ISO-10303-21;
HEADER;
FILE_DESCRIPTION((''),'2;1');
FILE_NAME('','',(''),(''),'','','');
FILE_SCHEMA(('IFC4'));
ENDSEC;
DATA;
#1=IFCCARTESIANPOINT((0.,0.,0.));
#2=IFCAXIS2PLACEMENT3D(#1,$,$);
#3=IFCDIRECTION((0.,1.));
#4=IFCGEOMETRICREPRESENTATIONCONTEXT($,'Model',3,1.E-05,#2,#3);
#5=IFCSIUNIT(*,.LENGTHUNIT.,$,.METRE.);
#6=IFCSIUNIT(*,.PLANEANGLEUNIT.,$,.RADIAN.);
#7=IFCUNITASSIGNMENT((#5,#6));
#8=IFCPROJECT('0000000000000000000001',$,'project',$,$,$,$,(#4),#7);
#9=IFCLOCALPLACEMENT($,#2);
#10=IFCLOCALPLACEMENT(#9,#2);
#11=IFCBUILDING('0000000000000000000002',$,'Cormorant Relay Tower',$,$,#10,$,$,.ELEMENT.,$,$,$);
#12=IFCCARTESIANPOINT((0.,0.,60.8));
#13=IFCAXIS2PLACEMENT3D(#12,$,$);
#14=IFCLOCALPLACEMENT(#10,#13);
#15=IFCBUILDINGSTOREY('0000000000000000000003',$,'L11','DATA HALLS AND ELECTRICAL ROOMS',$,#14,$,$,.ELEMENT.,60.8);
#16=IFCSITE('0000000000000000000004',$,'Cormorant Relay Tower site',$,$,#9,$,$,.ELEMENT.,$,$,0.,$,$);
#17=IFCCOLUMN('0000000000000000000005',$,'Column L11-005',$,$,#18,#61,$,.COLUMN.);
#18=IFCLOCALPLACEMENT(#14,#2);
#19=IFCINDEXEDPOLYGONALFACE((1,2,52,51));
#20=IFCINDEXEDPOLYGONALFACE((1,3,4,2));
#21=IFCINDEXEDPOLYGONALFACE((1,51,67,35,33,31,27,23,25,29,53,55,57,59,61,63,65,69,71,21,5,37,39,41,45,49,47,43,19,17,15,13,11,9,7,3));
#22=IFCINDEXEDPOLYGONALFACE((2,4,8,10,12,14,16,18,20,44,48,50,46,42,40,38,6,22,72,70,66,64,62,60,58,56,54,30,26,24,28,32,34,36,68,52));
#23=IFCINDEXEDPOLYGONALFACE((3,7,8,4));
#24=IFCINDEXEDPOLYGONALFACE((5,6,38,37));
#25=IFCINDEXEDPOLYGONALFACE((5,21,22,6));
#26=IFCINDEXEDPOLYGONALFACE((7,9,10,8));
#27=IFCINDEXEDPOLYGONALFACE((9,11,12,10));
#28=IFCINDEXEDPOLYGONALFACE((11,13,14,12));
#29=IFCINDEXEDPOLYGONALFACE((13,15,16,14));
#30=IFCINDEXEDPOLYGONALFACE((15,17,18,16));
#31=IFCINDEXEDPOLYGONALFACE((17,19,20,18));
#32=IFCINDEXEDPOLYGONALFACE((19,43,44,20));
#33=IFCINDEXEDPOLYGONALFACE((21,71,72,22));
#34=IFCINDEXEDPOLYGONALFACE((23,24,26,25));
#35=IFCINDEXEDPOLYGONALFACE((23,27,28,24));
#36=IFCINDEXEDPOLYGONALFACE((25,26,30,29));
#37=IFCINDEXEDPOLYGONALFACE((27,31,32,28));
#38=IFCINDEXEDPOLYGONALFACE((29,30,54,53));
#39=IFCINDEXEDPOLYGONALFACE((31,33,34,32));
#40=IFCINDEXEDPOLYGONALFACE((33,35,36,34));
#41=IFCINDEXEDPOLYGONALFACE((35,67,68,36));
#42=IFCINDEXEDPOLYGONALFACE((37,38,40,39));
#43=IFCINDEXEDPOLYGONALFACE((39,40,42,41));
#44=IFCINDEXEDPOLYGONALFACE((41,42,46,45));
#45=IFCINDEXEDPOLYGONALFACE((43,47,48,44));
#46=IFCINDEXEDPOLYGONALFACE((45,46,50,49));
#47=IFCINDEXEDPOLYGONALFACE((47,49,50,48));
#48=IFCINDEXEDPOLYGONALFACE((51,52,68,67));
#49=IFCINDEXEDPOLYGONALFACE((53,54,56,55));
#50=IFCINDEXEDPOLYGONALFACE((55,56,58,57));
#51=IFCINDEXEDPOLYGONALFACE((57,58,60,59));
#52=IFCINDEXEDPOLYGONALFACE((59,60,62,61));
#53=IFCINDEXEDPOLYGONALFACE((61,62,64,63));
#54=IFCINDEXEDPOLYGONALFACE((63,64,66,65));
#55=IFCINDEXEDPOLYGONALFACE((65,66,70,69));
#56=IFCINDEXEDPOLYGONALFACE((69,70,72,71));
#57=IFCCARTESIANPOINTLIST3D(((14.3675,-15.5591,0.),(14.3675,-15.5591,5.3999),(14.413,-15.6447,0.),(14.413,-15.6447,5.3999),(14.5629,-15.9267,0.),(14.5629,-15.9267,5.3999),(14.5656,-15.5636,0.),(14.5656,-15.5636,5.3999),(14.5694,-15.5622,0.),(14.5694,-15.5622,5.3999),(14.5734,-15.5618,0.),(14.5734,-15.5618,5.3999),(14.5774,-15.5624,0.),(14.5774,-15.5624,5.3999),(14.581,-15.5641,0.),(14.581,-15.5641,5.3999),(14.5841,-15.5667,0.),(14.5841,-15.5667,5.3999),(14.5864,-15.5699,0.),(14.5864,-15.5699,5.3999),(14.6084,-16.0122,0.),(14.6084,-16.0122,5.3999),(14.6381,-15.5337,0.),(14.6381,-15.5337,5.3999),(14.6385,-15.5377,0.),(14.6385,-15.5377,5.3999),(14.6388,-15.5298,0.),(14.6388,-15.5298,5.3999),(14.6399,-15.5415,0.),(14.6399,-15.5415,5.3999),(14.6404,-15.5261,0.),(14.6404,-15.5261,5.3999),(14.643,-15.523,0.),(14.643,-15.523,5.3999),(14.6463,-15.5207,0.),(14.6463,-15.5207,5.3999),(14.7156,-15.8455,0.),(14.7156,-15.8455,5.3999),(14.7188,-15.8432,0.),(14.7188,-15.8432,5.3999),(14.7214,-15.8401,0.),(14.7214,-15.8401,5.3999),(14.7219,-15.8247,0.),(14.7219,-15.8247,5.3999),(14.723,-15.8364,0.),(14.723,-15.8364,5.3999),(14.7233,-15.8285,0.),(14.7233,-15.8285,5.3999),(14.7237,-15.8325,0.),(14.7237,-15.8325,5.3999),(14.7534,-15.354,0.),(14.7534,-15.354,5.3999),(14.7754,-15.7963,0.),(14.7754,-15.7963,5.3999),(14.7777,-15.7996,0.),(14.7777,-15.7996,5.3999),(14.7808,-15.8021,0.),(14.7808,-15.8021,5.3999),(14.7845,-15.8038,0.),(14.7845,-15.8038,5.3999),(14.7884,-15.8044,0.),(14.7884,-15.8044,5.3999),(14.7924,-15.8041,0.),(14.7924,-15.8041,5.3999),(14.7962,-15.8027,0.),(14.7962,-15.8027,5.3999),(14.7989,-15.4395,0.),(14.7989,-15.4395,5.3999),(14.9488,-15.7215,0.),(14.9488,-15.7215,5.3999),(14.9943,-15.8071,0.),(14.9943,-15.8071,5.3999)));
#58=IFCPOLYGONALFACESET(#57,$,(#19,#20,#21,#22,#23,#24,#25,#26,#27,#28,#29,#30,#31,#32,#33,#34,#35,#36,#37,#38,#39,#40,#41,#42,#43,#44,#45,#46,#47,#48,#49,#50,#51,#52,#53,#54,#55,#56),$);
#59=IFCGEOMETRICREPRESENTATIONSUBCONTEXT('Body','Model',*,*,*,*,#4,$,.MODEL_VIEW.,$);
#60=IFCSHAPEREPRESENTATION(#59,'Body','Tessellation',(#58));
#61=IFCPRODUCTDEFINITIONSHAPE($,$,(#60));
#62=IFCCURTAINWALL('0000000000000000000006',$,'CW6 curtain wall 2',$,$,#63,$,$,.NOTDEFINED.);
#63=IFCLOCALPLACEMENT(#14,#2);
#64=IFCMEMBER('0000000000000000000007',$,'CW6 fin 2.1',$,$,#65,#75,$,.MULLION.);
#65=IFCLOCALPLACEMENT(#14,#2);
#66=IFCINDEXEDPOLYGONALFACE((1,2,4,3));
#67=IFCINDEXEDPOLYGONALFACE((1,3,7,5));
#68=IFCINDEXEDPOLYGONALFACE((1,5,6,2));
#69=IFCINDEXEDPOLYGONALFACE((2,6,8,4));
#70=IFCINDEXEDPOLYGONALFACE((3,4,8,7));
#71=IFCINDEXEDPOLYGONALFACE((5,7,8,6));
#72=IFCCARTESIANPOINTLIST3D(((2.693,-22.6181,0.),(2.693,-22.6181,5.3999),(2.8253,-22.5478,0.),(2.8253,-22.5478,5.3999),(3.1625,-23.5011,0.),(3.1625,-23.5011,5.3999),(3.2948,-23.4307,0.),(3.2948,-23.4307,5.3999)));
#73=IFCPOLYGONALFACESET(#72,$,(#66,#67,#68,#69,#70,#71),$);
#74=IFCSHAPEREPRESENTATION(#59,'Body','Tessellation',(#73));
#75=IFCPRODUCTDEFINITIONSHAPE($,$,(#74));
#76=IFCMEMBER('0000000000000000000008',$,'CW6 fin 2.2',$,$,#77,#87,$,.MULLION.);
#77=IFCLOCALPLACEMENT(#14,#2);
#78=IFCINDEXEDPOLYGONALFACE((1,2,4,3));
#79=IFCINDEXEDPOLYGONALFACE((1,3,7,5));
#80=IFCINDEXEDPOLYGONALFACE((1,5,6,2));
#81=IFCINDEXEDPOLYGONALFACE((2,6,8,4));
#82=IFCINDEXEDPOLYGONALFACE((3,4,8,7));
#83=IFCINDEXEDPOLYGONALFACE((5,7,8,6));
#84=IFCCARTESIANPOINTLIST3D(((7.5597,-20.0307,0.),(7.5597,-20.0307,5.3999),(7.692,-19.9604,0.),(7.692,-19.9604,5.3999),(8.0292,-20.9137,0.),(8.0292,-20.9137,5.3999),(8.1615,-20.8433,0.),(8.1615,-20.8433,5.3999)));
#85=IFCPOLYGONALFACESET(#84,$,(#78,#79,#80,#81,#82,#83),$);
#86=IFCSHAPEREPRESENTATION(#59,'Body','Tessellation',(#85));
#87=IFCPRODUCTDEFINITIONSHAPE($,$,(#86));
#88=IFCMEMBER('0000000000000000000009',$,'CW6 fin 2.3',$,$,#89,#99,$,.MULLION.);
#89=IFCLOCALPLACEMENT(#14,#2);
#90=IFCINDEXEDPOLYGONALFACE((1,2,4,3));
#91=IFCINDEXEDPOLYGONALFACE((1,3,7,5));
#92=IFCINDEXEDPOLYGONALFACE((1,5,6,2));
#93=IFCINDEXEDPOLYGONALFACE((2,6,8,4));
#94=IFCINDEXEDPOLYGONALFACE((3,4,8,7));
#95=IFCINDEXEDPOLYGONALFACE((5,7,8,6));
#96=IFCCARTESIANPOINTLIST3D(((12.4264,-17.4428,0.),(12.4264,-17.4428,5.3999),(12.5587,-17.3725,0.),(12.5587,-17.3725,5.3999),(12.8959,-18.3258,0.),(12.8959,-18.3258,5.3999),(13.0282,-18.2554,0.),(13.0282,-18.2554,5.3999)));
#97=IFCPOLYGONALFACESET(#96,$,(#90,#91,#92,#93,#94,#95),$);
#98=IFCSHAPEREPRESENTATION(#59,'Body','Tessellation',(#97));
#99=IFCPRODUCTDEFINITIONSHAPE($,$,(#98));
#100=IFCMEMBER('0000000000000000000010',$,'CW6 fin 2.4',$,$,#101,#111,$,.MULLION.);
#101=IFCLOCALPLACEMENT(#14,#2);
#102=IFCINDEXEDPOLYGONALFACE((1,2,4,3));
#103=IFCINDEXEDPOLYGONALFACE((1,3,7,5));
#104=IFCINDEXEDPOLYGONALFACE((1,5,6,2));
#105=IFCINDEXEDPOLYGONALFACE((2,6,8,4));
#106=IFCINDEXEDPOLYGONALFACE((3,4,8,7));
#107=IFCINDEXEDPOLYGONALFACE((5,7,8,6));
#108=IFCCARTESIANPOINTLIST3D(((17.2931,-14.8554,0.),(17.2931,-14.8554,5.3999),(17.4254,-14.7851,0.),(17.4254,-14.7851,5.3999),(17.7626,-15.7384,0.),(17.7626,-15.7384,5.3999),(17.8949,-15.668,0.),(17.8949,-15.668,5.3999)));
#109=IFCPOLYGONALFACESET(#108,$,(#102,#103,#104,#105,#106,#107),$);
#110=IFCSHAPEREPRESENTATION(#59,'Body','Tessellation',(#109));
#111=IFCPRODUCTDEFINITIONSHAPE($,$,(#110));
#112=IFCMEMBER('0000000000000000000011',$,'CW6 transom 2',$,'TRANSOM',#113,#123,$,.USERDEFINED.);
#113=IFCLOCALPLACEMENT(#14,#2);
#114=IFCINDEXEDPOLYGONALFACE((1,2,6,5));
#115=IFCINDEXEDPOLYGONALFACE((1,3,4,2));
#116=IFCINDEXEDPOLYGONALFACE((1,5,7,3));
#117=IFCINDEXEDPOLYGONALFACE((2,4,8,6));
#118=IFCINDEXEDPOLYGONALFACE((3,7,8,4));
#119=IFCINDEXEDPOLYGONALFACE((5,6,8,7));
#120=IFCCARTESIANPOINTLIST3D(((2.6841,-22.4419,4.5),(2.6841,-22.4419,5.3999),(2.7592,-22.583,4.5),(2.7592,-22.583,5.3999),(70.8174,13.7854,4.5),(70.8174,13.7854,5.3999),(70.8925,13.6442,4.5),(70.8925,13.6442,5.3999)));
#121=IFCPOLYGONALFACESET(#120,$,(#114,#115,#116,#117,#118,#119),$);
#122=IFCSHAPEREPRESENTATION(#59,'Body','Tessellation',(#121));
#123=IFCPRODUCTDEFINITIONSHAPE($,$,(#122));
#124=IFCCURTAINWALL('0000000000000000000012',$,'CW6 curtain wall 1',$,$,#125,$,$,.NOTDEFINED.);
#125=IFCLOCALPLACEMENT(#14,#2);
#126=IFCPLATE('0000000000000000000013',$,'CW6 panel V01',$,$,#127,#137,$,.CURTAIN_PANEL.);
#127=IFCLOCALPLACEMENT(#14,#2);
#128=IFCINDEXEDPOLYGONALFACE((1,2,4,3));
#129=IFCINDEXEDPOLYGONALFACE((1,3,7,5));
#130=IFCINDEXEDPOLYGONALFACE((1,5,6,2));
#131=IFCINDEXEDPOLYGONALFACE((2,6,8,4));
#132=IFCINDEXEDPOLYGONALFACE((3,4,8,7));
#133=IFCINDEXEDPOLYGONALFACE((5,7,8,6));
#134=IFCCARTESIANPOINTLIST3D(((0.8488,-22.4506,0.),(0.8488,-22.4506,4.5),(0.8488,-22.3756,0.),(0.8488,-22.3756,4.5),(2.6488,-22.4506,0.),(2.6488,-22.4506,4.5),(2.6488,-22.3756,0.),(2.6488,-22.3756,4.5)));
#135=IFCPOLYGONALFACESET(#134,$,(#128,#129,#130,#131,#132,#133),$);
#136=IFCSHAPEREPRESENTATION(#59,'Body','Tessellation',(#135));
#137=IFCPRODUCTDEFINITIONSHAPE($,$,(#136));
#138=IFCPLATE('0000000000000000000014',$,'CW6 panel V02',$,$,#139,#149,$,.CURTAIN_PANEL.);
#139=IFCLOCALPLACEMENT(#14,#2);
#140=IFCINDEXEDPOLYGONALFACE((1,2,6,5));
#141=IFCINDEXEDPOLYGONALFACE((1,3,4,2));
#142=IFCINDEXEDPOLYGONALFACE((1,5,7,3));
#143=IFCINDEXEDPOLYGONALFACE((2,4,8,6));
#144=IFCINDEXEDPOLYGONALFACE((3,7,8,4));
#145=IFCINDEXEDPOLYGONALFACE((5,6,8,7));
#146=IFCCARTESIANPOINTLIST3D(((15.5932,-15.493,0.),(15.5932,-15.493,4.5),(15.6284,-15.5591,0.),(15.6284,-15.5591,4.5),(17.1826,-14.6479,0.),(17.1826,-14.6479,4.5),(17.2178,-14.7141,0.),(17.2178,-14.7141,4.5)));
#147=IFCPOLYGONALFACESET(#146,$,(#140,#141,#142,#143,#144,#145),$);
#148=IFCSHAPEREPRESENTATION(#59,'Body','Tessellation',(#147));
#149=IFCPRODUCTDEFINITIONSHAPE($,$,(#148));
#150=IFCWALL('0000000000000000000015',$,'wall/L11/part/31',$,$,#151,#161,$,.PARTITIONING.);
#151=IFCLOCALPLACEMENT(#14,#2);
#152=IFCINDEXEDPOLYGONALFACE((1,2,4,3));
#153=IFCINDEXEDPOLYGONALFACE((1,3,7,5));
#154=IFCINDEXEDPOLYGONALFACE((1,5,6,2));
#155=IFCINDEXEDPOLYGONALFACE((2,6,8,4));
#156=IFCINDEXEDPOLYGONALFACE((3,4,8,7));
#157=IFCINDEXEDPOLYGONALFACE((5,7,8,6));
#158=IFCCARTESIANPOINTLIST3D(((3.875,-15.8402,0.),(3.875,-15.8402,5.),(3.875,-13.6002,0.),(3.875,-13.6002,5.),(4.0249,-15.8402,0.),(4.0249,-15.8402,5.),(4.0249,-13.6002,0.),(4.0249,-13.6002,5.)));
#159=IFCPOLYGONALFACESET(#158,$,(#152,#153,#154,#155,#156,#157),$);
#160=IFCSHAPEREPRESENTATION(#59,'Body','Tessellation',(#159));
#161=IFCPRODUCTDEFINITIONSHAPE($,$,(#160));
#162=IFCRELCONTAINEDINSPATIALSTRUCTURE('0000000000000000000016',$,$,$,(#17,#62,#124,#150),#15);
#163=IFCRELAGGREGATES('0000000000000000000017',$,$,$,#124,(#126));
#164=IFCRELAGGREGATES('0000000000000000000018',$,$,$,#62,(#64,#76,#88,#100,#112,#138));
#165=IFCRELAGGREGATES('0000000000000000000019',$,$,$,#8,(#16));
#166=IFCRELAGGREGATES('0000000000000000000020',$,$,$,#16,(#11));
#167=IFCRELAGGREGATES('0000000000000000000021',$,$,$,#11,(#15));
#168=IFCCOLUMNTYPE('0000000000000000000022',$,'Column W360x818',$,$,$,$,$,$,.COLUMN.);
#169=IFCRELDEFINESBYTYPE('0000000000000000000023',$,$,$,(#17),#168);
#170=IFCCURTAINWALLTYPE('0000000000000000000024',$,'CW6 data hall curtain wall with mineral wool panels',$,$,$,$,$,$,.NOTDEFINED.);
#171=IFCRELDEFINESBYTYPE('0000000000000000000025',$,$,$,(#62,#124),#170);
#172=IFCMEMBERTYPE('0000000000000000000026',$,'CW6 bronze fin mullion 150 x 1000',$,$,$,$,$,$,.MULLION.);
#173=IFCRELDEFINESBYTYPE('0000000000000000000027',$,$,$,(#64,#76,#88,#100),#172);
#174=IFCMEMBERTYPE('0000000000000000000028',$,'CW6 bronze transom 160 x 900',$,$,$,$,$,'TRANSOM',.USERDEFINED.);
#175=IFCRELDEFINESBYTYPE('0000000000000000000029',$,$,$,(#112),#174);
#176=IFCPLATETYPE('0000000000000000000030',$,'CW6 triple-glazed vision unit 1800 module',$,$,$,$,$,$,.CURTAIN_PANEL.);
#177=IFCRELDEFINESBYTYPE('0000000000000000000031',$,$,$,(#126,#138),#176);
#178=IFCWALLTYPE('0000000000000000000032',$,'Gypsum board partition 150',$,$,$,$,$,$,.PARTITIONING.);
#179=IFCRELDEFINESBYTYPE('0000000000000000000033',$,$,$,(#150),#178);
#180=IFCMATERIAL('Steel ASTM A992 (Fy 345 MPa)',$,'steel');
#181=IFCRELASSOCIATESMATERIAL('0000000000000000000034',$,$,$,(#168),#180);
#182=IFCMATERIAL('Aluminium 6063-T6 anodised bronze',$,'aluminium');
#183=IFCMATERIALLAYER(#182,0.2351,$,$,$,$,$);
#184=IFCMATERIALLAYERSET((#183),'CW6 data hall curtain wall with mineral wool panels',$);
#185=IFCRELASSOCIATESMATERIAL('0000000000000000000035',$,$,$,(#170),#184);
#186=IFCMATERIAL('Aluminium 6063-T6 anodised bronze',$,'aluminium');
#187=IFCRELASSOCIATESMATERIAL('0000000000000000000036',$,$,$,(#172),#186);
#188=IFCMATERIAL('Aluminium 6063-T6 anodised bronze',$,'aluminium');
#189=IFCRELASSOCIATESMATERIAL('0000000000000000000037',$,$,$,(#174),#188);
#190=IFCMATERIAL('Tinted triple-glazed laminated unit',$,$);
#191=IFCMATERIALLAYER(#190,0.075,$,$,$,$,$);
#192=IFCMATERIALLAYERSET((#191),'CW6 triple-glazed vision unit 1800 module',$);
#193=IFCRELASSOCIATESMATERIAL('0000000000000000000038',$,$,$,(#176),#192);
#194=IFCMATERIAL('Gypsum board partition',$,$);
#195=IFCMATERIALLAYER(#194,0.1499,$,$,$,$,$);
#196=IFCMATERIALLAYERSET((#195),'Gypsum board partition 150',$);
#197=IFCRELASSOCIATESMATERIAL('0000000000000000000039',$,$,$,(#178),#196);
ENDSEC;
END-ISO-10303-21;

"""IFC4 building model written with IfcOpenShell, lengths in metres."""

from ifc_helpers import new_model, si_unit, direction, frame, frame_2d, origin, origin_2d, place, context, subcontext, project, spatial, rectangle, i_section, extrude, material, layer, layer_set, material_profile, profile_set, type_object, element, aggregate, save


model = new_model("IFC4")

# Units and contexts
model_context = context("Model", 3, precision=1e-05, world=origin(), true_north=direction((0.0, 1.0)))
body_context = subcontext(model_context, "Body", "Model", "MODEL_VIEW")
ifc_project = project(units=[si_unit("LENGTHUNIT", "METRE"), si_unit("PLANEANGLEUNIT", "RADIAN")], contexts=[model_context])

# Site, building, storey
site_placement = place(None, origin())
site = spatial("IfcSite", under=ifc_project, at=site_placement, Name="Cormorant Relay Tower site", CompositionType="ELEMENT", RefElevation=0.0)
building_placement = place(site_placement, origin())
building = spatial("IfcBuilding", under=site, at=building_placement, Name="Cormorant Relay Tower", CompositionType="ELEMENT")
storey_placement = place(building_placement, frame((0.0, 0.0, 60.8)))
storey = spatial("IfcBuildingStorey", under=building, at=storey_placement, Name="L11", Description="DATA HALLS AND ELECTRICAL ROOMS", CompositionType="ELEMENT", Elevation=60.8)

# Column
ifc_material_1 = material(Name="Steel ASTM A992 (Fy 345 MPa)", Category="steel")
ifc_material_profile_1 = material_profile(ifc_material_1, i_section(OverallWidth=0.437, OverallDepth=0.5132, WebThickness=0.0605, FlangeThickness=0.0969, FilletRadius=0.0154, at=origin_2d()), Name="W360x818")
ifc_profile_set_1 = profile_set([ifc_material_profile_1], Name="Steel ASTM A992 (Fy 345 MPa)")
column_type_1 = type_object("IfcColumnType", Name="Column W360x818", PredefinedType="COLUMN", material=ifc_profile_set_1)
for number, where, z_axis, x_axis, name in (
    (1, (14.6809, -15.6831, 0.0), (0.0, 0.0, 1.0), (0.882948, 0.469472, 0.0), "Column L11-005"),
):
    element("IfcColumn", number, at=place(storey_placement, frame(where, z_axis=z_axis, x_axis=x_axis)), inside=storey, type_object=column_type_1, Name=name, PredefinedType="COLUMN", context=body_context, shape_type="SweptSolid", body=[
        extrude(i_section(OverallWidth=0.437, OverallDepth=0.5132, WebThickness=0.0605, FlangeThickness=0.0969, FilletRadius=0.0154, at=origin_2d()), origin(), (0.0, 0.0, 1.0), 5.3999),
    ])

# Curtain wall, members
ifc_material_2 = material(Name="Aluminium 6063-T6 anodised bronze", Category="aluminium")
ifc_layer_1 = layer(ifc_material_2, 0.2351)
ifc_layer_set_1 = layer_set([ifc_layer_1], Name="CW6 data hall curtain wall with mineral wool panels")
curtain_wall_type = type_object("IfcCurtainWallType", Name="CW6 data hall curtain wall with mineral wool panels", PredefinedType="NOTDEFINED", material=ifc_layer_set_1)
curtain_wall_1_placement = place(storey_placement, origin())
curtain_wall_1 = element("IfcCurtainWall", 2, at=curtain_wall_1_placement, inside=storey, type_object=curtain_wall_type, Name="CW6 curtain wall 2", PredefinedType="NOTDEFINED")
ifc_material_3 = material(Name="Aluminium 6063-T6 anodised bronze", Category="aluminium")
ifc_material_profile_2 = material_profile(ifc_material_3, rectangle(XDim=0.1499, YDim=1.0, at=origin_2d()), Name="AL 150x1000")
ifc_profile_set_2 = profile_set([ifc_material_profile_2], Name="Aluminium 6063-T6 anodised bronze")
member_type_1 = type_object("IfcMemberType", Name="CW6 bronze fin mullion 150 x 1000", PredefinedType="MULLION", material=ifc_profile_set_2)
member_1_placement = place(storey_placement, frame((2.9939, -23.0244, 0.0), z_axis=(0.0, 0.0, 1.0), x_axis=(0.882948, 0.469472, 0.0)))
member_1 = element("IfcMember", 3, at=member_1_placement, type_object=member_type_1, Name="CW6 fin 2.1", PredefinedType="MULLION", context=body_context, shape_type="SweptSolid", body=[
    extrude(rectangle(XDim=0.1499, YDim=1.0, at=origin_2d()), origin(), (0.0, 0.0, 1.0), 5.3999),
])
member_2_placement = place(storey_placement, frame((7.8606, -20.437, 0.0), z_axis=(0.0, 0.0, 1.0), x_axis=(0.882948, 0.469472, 0.0)))
member_2 = element("IfcMember", 4, at=member_2_placement, type_object=member_type_1, Name="CW6 fin 2.2", PredefinedType="MULLION", context=body_context, shape_type="SweptSolid", body=[
    extrude(rectangle(XDim=0.1499, YDim=1.0, at=origin_2d()), origin(), (0.0, 0.0, 1.0), 5.3999),
])
member_3_placement = place(storey_placement, frame((12.7273, -17.8491, 0.0), z_axis=(0.0, 0.0, 1.0), x_axis=(0.882948, 0.469472, 0.0)))
member_3 = element("IfcMember", 5, at=member_3_placement, type_object=member_type_1, Name="CW6 fin 2.3", PredefinedType="MULLION", context=body_context, shape_type="SweptSolid", body=[
    extrude(rectangle(XDim=0.1499, YDim=1.0, at=origin_2d()), origin(), (0.0, 0.0, 1.0), 5.3999),
])
member_4_placement = place(storey_placement, frame((17.594, -15.2617, 0.0), z_axis=(0.0, 0.0, 1.0), x_axis=(0.882948, 0.469472, 0.0)))
member_4 = element("IfcMember", 6, at=member_4_placement, type_object=member_type_1, Name="CW6 fin 2.4", PredefinedType="MULLION", context=body_context, shape_type="SweptSolid", body=[
    extrude(rectangle(XDim=0.1499, YDim=1.0, at=origin_2d()), origin(), (0.0, 0.0, 1.0), 5.3999),
])
ifc_material_4 = material(Name="Aluminium 6063-T6 anodised bronze", Category="aluminium")
ifc_material_profile_3 = material_profile(ifc_material_4, rectangle(XDim=0.1599, YDim=0.8999, at=origin_2d()), Name="AL 160x900")
ifc_profile_set_3 = profile_set([ifc_material_profile_3], Name="Aluminium 6063-T6 anodised bronze")
member_type_2 = type_object("IfcMemberType", Name="CW6 bronze transom 160 x 900", ElementType="TRANSOM", PredefinedType="USERDEFINED", material=ifc_profile_set_3)
member_5_placement = place(storey_placement, frame((2.7217, -22.5125, 4.95), z_axis=(0.882947, 0.469473, 0.0), x_axis=(-0.469473, 0.882947, 0.0)))
member_5 = element("IfcMember", 7, at=member_5_placement, type_object=member_type_2, Name="CW6 transom 2", ObjectType="TRANSOM", PredefinedType="USERDEFINED", context=body_context, shape_type="SweptSolid", body=[
    extrude(rectangle(XDim=0.1599, YDim=0.8999, at=origin_2d()), origin(), (0.0, 0.0, 1.0), 77.1658),
])

# Curtain wall, plate
curtain_wall_2_placement = place(storey_placement, origin())
curtain_wall_2 = element("IfcCurtainWall", 8, at=curtain_wall_2_placement, inside=storey, type_object=curtain_wall_type, Name="CW6 curtain wall 1", PredefinedType="NOTDEFINED")
ifc_material_5 = material(Name="Tinted triple-glazed laminated unit")
ifc_layer_2 = layer(ifc_material_5, 0.075)
ifc_layer_set_2 = layer_set([ifc_layer_2], Name="CW6 triple-glazed vision unit 1800 module")
plate_type = type_object("IfcPlateType", Name="CW6 triple-glazed vision unit 1800 module", PredefinedType="CURTAIN_PANEL", material=ifc_layer_set_2)
plate_1_placement = place(storey_placement, frame((1.7488, -22.4131, 0.0), z_axis=(0.0, 0.0, 1.0), x_axis=(1.0, 0.0, 0.0)))
plate_1 = element("IfcPlate", 9, at=plate_1_placement, type_object=plate_type, Name="CW6 panel V01", PredefinedType="CURTAIN_PANEL", context=body_context, shape_type="SweptSolid", body=[
    extrude(rectangle(XDim=1.8, YDim=0.075, at=origin_2d()), origin(), (0.0, 0.0, 1.0), 4.5),
])
aggregate(curtain_wall_2, [plate_1])

# Plate
plate_2_placement = place(storey_placement, frame((16.4055, -15.1035, 0.0), z_axis=(0.0, 0.0, 1.0), x_axis=(0.882948, 0.469472, 0.0)))
plate_2 = element("IfcPlate", 10, at=plate_2_placement, type_object=plate_type, Name="CW6 panel V02", PredefinedType="CURTAIN_PANEL", context=body_context, shape_type="SweptSolid", body=[
    extrude(rectangle(XDim=1.8, YDim=0.075, at=origin_2d()), origin(), (0.0, 0.0, 1.0), 4.5),
])

# Wall
ifc_material_6 = material(Name="Gypsum board partition")
ifc_layer_3 = layer(ifc_material_6, 0.1499)
ifc_layer_set_3 = layer_set([ifc_layer_3], Name="Gypsum board partition 150")
wall_type_1 = type_object("IfcWallType", Name="Gypsum board partition 150", PredefinedType="PARTITIONING", material=ifc_layer_set_3)
wall_1_placement = place(storey_placement, frame((3.95, -13.6001, 0.0), z_axis=(0.0, 0.0, 1.0), x_axis=(0.0, -1.0, 0.0)))
element("IfcWall", 11, at=wall_1_placement, inside=storey, type_object=wall_type_1, Name="wall/L11/part/31", PredefinedType="PARTITIONING", context=body_context, shape_type="SweptSolid", body=[
    extrude(rectangle(XDim=2.24, YDim=0.1499, at=frame_2d((1.1201, 0.0))), origin(), (0.0, 0.0, 1.0), 5.0),
])

aggregate(curtain_wall_1, [member_1, member_2, member_3, member_4, member_5, plate_2])

save(model, "model.ifc")
